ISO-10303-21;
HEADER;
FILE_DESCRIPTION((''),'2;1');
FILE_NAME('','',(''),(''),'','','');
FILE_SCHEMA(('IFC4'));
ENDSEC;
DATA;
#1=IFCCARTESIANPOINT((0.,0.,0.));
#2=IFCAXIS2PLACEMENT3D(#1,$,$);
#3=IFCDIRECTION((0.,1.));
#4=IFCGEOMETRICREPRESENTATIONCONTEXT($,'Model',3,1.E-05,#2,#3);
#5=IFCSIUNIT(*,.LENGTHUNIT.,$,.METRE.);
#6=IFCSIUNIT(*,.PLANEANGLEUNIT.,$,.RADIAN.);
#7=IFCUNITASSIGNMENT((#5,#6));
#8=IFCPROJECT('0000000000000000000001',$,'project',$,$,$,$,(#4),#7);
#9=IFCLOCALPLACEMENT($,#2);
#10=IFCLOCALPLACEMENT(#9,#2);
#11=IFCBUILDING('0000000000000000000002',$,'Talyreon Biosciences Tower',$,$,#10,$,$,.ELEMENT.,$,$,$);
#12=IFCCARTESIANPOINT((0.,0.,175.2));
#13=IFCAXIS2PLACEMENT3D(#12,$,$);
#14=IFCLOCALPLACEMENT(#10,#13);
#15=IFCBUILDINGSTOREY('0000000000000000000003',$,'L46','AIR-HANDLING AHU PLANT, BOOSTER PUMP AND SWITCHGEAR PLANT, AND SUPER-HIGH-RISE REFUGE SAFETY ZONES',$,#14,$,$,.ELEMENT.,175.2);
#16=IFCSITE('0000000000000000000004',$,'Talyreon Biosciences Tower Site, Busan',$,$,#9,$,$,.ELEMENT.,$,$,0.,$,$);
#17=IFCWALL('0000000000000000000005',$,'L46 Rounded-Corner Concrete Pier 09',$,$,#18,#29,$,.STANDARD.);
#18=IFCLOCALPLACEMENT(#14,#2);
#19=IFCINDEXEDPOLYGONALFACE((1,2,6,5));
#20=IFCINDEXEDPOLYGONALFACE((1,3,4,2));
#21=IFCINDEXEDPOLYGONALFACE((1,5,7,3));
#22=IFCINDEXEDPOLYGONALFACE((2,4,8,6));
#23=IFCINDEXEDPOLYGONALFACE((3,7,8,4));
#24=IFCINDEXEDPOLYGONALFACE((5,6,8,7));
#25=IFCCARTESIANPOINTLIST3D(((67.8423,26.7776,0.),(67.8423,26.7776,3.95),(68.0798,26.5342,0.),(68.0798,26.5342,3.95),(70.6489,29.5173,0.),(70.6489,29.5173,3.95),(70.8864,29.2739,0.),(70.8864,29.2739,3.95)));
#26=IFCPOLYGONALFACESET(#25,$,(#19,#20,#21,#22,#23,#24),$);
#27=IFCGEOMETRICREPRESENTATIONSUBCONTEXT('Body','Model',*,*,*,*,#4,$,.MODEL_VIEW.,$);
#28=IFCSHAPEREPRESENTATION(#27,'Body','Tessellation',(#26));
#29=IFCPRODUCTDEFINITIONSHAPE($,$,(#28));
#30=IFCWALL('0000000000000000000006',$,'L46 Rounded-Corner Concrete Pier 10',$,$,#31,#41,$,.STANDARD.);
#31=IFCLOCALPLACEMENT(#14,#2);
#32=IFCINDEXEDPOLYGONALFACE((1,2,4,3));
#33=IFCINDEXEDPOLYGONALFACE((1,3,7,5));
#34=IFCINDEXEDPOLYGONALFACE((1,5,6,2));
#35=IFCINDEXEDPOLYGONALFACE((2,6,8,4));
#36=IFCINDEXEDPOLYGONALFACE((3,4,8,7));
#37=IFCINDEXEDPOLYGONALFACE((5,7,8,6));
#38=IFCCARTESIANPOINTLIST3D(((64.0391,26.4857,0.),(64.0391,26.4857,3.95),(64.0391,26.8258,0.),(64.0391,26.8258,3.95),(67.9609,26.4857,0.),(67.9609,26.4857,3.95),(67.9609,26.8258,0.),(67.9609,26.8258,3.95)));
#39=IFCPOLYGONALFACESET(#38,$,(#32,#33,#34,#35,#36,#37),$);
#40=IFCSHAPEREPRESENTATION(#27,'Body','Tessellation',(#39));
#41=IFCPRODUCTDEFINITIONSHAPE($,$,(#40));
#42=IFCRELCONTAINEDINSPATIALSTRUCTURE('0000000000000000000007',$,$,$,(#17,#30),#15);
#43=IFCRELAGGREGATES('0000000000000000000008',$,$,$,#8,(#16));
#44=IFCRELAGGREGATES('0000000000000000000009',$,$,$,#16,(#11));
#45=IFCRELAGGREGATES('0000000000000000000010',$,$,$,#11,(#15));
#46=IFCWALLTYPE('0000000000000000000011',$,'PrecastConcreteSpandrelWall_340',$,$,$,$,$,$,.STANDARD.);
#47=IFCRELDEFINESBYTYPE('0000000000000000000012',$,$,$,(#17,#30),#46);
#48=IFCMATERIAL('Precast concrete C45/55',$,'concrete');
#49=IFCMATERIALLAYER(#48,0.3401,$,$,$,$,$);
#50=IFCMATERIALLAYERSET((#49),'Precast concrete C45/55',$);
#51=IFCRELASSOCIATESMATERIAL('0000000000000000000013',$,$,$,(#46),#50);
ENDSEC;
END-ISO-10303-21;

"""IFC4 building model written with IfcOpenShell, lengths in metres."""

from ifc_helpers import new_model, si_unit, direction, frame, frame_2d, origin, place, context, subcontext, project, spatial, rectangle, extrude, material, layer, layer_set, type_object, element, save


model = new_model("IFC4")

# Units and contexts
model_context = context("Model", 3, precision=1e-05, world=origin(), true_north=direction((0.0, 1.0)))
body_context = subcontext(model_context, "Body", "Model", "MODEL_VIEW")
ifc_project = project(units=[si_unit("LENGTHUNIT", "METRE"), si_unit("PLANEANGLEUNIT", "RADIAN")], contexts=[model_context])

# Site, building, storey
site_placement = place(None, origin())
site = spatial("IfcSite", under=ifc_project, at=site_placement, Name="Talyreon Biosciences Tower Site, Busan", CompositionType="ELEMENT", RefElevation=0.0)
building_placement = place(site_placement, origin())
building = spatial("IfcBuilding", under=site, at=building_placement, Name="Talyreon Biosciences Tower", CompositionType="ELEMENT")
storey_placement = place(building_placement, frame((0.0, 0.0, 175.2)))
storey = spatial("IfcBuildingStorey", under=building, at=storey_placement, Name="L46", Description="AIR-HANDLING AHU PLANT, BOOSTER PUMP AND SWITCHGEAR PLANT, AND SUPER-HIGH-RISE REFUGE SAFETY ZONES", CompositionType="ELEMENT", Elevation=175.2)

# Shared definitions
ifc_material_1 = material(Name="Precast concrete C45/55", Category="concrete")

# Walls
ifc_layer_1 = layer(ifc_material_1, 0.3401)
ifc_layer_set_1 = layer_set([ifc_layer_1], Name="Precast concrete C45/55")
wall_type = type_object("IfcWallType", Name="PrecastConcreteSpandrelWall_340", PredefinedType="STANDARD", material=ifc_layer_set_1)
wall_1_placement = place(storey_placement, frame((70.7676, 29.3955, 0.0), z_axis=(0.0, 0.0, 1.0), x_axis=(-0.715583, -0.698528, 0.0)))
element("IfcWall", 1, at=wall_1_placement, inside=storey, type_object=wall_type, Name="L46 Rounded-Corner Concrete Pier 09", PredefinedType="STANDARD", context=body_context, shape_type="SweptSolid", body=[
    extrude(rectangle(XDim=3.9221, YDim=0.3401, at=frame_2d((1.9609, 0.0))), origin(), (0.0, 0.0, 1.0), 3.95),
])
wall_2_placement = place(storey_placement, frame((67.9609, 26.6558, 0.0), z_axis=(0.0, 0.0, 1.0), x_axis=(-1.0, 0.0, 0.0)))
element("IfcWall", 2, at=wall_2_placement, inside=storey, type_object=wall_type, Name="L46 Rounded-Corner Concrete Pier 10", PredefinedType="STANDARD", context=body_context, shape_type="SweptSolid", body=[
    extrude(rectangle(XDim=3.9219, YDim=0.3401, at=frame_2d((1.9609, 0.0))), origin(), (0.0, 0.0, 1.0), 3.95),
])

save(model, "model.ifc")
